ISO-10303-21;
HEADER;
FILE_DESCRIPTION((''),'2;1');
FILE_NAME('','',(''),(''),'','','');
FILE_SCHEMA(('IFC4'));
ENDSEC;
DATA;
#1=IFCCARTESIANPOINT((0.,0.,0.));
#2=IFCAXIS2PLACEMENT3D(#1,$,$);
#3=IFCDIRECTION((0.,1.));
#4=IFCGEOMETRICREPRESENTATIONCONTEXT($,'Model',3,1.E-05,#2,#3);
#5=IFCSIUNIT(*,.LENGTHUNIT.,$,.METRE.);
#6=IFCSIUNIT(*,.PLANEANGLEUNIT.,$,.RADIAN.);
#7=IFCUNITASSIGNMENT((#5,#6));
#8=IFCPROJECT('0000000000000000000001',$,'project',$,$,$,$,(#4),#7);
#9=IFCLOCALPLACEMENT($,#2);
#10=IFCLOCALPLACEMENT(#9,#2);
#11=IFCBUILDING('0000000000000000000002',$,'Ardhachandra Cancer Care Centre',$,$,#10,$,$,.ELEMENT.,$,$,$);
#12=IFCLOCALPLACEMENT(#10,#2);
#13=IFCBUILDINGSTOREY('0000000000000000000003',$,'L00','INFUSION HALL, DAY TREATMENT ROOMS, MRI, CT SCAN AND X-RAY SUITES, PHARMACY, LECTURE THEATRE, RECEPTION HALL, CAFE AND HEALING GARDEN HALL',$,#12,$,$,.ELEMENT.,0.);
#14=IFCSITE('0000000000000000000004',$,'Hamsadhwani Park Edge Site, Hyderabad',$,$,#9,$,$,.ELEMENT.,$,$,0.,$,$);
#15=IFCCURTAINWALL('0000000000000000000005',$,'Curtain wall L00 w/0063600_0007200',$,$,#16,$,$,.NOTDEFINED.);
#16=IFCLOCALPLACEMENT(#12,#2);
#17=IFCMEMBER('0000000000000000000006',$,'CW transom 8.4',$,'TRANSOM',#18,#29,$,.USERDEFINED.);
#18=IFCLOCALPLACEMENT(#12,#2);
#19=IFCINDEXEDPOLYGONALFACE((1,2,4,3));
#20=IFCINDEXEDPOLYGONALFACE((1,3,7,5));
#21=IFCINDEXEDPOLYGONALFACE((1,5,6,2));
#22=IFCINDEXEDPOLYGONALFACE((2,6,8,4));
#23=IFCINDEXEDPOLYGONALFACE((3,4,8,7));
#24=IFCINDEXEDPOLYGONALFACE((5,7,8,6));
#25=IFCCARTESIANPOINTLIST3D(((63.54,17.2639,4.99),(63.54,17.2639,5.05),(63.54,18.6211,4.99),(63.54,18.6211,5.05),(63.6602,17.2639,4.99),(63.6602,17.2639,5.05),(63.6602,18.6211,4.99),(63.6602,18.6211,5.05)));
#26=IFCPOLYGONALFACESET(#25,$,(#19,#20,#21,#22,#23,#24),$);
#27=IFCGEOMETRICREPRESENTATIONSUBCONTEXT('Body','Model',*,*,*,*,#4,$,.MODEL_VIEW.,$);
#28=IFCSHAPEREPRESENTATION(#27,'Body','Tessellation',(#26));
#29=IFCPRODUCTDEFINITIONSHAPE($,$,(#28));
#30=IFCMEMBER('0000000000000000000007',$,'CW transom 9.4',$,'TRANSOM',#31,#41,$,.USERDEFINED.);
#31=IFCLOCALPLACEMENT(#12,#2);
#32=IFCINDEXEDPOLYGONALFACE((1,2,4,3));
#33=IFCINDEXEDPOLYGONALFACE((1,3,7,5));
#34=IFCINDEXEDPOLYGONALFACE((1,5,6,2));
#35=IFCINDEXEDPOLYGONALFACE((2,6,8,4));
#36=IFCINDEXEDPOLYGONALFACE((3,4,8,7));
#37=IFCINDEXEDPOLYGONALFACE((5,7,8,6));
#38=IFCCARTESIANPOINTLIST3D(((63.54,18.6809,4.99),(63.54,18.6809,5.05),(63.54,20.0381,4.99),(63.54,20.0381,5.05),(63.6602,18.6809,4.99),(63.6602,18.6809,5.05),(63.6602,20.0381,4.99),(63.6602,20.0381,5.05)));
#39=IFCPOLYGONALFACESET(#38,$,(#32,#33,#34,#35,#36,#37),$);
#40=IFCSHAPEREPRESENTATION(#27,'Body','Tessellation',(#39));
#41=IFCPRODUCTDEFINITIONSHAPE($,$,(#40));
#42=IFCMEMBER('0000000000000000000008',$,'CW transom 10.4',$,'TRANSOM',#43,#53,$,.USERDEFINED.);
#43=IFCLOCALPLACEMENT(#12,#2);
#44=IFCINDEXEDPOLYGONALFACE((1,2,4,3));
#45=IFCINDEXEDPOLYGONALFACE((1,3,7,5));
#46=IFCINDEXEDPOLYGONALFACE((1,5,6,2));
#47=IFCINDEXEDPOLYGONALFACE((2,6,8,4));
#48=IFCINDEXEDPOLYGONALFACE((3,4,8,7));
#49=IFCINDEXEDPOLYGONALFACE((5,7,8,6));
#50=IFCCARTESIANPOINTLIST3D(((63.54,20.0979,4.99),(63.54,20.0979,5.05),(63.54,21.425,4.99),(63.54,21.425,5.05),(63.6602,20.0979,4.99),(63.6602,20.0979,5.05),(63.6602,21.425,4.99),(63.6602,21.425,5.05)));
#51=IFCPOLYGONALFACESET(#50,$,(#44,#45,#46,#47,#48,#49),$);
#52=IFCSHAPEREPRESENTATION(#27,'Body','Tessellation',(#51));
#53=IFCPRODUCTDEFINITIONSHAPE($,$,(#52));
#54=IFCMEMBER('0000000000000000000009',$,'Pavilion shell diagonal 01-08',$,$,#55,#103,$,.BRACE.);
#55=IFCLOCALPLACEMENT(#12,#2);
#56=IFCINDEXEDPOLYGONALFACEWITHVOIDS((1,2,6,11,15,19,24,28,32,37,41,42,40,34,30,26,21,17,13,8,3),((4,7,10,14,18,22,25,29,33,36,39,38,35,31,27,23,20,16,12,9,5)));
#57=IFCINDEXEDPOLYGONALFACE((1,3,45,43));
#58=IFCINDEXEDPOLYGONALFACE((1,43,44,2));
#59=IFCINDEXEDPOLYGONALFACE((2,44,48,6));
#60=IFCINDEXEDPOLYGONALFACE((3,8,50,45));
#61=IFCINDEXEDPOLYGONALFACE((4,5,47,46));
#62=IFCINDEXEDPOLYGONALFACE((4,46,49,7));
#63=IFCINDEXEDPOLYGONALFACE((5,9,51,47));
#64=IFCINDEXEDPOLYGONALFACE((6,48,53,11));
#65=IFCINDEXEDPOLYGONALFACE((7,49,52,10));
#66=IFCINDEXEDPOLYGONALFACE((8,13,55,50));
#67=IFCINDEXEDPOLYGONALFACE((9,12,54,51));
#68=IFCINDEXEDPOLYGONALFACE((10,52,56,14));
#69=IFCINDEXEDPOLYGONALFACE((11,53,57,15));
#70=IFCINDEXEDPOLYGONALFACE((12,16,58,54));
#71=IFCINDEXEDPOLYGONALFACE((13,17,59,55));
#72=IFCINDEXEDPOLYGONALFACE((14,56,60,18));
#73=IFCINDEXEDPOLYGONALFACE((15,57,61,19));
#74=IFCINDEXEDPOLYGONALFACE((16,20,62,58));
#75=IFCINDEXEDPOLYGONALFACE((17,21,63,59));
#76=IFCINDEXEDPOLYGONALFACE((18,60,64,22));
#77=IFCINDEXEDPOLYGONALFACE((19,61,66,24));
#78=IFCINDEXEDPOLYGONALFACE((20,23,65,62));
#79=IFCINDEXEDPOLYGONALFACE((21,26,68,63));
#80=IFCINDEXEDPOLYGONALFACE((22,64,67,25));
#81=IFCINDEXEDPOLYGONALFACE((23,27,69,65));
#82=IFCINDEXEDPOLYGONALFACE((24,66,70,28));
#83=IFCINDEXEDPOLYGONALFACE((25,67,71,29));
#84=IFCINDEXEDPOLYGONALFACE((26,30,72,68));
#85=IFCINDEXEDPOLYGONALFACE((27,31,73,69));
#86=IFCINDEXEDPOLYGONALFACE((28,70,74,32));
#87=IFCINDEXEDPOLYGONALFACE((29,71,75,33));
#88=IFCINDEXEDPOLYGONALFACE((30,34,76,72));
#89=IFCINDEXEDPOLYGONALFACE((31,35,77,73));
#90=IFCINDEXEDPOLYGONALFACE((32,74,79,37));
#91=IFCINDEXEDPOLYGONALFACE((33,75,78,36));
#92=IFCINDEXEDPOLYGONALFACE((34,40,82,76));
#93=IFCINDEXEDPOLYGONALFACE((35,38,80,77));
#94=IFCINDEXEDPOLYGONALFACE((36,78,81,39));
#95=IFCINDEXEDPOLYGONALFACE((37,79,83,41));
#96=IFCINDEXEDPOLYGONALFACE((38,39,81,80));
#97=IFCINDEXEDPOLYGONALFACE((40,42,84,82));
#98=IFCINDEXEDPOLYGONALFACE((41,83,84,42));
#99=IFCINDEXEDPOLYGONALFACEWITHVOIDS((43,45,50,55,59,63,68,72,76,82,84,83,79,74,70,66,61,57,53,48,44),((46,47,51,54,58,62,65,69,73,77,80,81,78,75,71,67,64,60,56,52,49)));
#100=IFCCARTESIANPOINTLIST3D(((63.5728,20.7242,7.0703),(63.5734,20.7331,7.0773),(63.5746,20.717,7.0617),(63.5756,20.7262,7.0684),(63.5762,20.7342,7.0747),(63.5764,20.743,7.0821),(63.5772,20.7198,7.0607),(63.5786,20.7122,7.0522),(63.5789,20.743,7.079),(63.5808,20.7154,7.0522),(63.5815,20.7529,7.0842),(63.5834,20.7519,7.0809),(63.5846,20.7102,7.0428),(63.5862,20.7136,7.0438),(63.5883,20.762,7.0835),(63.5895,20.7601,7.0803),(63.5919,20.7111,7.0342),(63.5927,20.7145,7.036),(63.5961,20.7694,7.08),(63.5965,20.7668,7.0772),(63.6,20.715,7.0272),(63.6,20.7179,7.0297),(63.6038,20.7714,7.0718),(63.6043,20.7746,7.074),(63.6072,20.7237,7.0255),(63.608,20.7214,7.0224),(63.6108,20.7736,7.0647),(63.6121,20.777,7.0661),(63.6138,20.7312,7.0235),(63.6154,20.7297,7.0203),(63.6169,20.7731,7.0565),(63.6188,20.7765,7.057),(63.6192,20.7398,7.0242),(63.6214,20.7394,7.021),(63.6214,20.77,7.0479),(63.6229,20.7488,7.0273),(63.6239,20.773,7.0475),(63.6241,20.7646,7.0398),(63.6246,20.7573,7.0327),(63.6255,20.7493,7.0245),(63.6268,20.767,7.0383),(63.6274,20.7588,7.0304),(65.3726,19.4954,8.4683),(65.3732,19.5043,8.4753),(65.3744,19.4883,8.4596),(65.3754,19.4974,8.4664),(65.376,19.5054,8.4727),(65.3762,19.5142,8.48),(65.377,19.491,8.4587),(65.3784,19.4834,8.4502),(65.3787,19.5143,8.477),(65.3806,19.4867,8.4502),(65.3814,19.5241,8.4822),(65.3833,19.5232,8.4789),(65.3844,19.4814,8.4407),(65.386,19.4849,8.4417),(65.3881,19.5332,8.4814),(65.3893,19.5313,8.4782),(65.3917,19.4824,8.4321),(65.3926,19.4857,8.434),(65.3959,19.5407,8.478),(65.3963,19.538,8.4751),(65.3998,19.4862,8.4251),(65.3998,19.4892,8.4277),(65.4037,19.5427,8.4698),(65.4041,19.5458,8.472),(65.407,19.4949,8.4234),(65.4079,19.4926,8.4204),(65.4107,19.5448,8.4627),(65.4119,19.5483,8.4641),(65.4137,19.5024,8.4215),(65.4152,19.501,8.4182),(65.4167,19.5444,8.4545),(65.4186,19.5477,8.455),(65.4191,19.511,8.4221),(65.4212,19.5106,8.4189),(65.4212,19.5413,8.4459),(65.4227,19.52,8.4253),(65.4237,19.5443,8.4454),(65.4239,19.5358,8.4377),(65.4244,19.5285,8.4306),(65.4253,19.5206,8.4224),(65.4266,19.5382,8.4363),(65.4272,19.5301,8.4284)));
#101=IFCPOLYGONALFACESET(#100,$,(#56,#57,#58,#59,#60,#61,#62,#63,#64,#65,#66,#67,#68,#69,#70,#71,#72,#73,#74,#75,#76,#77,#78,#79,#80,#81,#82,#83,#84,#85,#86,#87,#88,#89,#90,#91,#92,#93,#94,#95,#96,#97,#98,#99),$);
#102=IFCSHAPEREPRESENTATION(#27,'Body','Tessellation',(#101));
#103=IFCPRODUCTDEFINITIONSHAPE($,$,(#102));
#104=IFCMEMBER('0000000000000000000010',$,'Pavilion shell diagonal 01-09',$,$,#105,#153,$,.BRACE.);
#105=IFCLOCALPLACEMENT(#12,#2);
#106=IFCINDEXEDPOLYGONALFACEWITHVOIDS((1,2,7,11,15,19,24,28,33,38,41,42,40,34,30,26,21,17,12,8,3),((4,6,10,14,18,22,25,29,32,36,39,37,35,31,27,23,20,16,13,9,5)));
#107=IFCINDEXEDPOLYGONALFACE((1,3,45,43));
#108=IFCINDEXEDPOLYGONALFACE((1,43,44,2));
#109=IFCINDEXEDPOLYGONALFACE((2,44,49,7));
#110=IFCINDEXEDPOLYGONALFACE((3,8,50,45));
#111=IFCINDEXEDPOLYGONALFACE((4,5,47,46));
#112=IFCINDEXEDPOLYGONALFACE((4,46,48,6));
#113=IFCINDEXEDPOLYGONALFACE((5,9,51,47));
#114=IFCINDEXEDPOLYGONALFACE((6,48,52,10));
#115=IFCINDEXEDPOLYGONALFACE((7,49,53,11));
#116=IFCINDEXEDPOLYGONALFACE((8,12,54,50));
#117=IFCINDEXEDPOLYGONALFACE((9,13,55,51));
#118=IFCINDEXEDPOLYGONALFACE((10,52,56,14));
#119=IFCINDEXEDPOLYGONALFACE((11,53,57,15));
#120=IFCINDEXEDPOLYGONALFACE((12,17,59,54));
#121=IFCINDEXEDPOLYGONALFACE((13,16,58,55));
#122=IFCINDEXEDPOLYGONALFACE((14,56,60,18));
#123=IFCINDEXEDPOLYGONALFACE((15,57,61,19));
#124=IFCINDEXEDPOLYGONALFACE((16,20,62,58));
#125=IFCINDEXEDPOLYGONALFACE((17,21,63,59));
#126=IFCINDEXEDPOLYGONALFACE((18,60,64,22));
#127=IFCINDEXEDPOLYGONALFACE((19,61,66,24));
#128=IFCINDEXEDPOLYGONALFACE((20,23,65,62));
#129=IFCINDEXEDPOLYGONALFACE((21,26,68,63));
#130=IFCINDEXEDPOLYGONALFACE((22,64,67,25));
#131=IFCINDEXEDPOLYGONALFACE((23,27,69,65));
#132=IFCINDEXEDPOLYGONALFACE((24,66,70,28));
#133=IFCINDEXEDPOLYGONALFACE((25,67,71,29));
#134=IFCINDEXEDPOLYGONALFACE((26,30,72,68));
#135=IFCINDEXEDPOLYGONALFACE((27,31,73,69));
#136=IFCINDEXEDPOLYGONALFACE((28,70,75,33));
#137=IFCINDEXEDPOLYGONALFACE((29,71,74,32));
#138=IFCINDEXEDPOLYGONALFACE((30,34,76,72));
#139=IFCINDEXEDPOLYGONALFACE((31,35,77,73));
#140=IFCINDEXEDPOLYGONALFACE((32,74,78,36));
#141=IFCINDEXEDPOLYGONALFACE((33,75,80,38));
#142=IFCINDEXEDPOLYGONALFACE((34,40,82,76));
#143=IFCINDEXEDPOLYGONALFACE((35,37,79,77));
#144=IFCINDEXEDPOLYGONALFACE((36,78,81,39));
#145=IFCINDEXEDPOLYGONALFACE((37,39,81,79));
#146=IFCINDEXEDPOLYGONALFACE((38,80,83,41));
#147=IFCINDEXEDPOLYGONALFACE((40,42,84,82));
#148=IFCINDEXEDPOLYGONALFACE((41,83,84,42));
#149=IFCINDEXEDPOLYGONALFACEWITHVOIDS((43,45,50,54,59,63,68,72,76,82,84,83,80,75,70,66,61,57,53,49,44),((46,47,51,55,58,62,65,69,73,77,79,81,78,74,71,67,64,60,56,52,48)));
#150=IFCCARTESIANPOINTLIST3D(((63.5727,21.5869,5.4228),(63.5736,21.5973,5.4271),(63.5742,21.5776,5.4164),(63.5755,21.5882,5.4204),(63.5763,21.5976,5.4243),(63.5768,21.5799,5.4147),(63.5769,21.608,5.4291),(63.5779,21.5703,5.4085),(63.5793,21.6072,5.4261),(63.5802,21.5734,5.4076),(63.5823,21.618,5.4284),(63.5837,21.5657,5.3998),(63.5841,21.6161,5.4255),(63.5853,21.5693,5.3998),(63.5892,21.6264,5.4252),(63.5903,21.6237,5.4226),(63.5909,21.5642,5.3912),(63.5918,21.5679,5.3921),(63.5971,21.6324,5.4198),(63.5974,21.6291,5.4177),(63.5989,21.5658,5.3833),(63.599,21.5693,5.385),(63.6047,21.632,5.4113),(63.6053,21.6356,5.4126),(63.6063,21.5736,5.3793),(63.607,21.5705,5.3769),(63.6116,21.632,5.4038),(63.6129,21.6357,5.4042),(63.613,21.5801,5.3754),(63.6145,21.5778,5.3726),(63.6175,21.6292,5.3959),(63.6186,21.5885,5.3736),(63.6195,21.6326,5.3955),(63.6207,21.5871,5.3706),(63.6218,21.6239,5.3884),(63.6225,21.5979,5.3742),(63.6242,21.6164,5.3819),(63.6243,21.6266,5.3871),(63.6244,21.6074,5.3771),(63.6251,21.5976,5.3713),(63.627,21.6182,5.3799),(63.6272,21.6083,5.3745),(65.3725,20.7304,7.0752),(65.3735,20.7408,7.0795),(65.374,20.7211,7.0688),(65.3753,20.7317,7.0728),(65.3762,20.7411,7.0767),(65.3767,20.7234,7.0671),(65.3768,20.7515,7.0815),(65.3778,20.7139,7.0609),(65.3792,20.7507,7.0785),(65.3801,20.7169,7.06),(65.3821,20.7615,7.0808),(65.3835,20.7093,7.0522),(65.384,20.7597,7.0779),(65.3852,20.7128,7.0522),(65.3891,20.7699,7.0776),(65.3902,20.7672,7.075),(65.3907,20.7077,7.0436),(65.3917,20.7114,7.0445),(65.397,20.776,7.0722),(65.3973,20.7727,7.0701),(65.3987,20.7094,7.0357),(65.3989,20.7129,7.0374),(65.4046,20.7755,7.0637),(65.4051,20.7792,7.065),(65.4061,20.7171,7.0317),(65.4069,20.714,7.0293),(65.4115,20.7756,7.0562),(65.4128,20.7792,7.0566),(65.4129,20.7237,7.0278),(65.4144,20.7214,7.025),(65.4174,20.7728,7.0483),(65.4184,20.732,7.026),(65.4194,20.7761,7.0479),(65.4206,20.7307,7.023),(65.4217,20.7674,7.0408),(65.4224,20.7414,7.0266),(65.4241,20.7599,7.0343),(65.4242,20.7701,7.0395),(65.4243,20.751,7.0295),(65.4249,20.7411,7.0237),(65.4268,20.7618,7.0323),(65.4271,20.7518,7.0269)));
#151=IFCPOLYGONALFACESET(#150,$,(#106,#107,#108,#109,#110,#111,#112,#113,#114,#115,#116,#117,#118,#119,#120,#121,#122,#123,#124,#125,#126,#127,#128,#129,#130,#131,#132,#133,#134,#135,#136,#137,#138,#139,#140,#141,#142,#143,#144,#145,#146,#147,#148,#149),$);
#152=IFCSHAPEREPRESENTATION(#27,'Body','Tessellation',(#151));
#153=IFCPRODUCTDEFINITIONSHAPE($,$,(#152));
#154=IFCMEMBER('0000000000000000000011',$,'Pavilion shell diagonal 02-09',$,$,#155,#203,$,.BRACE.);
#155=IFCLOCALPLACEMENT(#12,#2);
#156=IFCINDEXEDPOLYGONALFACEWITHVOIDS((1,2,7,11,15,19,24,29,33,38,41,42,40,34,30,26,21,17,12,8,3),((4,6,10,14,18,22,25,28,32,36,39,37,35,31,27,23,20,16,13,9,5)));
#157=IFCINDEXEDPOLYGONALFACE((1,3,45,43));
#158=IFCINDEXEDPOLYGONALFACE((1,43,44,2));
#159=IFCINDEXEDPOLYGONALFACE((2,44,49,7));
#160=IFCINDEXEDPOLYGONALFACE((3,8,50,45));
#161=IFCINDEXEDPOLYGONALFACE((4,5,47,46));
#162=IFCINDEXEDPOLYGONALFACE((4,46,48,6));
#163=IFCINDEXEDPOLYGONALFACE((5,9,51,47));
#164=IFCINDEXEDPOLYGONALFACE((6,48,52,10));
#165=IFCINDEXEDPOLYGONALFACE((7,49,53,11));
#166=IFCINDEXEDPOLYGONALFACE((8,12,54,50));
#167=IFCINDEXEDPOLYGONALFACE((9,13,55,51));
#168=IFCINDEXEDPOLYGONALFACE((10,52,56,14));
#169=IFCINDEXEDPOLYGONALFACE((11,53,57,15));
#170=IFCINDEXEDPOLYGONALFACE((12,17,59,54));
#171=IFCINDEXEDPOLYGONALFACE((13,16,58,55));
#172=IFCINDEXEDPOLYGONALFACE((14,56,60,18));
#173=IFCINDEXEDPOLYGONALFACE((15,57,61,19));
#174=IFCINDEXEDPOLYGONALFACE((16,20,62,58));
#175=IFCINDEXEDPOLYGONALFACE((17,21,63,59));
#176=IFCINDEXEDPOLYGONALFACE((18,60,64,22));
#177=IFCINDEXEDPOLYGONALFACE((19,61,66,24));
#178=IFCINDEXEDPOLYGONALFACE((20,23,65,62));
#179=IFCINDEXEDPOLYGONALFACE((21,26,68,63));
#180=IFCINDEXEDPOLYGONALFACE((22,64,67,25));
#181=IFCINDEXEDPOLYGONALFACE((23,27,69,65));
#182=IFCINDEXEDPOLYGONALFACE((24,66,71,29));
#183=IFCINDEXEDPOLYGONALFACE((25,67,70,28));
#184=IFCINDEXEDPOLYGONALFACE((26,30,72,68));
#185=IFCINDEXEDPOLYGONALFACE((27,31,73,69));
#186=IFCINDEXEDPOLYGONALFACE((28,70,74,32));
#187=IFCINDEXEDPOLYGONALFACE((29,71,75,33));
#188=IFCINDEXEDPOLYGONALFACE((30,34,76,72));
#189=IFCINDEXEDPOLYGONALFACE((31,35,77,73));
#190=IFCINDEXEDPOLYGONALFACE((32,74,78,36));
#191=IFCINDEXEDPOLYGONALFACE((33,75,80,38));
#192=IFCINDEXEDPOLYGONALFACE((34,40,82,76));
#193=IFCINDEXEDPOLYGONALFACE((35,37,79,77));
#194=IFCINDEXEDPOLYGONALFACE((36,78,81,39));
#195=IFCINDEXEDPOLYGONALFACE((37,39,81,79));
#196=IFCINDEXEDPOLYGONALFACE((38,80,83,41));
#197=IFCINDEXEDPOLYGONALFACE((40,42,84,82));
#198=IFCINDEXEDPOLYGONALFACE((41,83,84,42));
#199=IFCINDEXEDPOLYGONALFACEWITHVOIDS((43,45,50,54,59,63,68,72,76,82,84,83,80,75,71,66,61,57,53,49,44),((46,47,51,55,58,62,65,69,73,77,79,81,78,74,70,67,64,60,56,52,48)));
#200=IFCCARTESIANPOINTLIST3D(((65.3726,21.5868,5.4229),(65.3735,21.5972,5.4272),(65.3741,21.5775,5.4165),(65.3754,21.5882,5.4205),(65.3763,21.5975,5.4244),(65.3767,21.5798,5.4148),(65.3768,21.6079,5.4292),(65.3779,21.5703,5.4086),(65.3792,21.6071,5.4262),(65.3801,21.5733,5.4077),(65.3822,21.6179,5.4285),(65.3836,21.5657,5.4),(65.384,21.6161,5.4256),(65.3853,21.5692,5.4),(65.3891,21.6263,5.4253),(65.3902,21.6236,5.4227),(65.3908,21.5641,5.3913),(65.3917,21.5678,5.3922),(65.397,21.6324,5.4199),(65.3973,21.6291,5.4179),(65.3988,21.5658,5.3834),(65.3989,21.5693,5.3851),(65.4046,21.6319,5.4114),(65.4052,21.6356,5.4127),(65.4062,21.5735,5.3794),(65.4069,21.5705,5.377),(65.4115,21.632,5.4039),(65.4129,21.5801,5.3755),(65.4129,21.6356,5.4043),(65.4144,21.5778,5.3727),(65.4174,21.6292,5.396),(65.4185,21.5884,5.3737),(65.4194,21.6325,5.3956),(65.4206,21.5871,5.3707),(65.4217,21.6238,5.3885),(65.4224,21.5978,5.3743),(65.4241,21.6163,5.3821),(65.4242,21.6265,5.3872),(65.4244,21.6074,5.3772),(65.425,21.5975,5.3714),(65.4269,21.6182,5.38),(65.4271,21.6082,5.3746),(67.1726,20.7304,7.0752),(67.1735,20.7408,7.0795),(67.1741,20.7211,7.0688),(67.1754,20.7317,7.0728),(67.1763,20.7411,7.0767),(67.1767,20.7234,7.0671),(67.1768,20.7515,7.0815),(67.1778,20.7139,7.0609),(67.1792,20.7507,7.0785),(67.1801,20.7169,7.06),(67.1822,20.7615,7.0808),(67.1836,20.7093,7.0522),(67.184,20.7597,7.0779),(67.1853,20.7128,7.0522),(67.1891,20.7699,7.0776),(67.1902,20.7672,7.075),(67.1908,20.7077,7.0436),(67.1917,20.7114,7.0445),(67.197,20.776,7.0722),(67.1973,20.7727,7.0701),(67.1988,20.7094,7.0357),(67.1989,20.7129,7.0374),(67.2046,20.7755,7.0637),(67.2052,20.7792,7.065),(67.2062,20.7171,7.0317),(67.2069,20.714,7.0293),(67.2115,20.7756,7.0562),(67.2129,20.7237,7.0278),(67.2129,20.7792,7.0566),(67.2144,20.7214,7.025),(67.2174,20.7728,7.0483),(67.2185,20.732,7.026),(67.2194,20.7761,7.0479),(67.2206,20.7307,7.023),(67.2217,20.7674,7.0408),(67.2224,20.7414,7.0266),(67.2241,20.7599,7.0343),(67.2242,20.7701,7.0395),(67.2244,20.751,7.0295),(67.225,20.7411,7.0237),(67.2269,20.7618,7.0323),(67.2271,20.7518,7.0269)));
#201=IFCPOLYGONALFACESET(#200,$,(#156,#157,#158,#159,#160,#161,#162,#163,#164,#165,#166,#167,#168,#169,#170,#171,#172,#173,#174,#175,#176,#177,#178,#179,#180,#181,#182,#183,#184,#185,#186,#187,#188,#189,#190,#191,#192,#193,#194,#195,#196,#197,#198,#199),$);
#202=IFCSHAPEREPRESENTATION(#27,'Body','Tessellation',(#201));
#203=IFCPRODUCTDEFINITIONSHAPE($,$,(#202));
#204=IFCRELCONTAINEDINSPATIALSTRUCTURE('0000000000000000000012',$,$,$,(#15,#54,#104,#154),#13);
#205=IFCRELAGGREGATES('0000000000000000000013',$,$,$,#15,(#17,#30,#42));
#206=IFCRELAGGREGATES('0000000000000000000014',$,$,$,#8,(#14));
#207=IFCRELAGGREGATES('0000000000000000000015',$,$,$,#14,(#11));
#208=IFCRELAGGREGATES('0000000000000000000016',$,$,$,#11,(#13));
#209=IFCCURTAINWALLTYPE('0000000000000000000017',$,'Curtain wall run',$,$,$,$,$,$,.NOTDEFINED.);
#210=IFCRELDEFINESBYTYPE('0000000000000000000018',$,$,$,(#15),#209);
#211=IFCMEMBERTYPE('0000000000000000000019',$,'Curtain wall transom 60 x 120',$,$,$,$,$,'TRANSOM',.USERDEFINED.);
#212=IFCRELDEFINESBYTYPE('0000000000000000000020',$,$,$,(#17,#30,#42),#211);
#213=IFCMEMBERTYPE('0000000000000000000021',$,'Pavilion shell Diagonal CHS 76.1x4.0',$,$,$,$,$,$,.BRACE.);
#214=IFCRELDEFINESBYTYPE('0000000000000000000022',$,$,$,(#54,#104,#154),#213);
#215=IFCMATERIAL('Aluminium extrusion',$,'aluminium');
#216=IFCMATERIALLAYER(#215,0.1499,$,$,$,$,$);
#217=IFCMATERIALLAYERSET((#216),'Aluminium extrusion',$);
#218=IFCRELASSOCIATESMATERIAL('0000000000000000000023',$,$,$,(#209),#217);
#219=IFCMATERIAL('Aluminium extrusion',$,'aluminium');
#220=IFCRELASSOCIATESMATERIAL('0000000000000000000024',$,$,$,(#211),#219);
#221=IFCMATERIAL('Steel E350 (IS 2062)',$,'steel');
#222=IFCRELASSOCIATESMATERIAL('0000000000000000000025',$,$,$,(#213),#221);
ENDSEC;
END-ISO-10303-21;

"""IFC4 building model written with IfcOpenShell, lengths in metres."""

from ifc_helpers import new_model, si_unit, direction, frame, origin, origin_2d, place, context, subcontext, project, spatial, rectangle, hollow_circle, extrude, material, layer, layer_set, material_profile, profile_set, type_object, element, aggregate, save


model = new_model("IFC4")

# Units and contexts
model_context = context("Model", 3, precision=1e-05, world=origin(), true_north=direction((0.0, 1.0)))
body_context = subcontext(model_context, "Body", "Model", "MODEL_VIEW")
ifc_project = project(units=[si_unit("LENGTHUNIT", "METRE"), si_unit("PLANEANGLEUNIT", "RADIAN")], contexts=[model_context])

# Site, building, storey
site_placement = place(None, origin())
site = spatial("IfcSite", under=ifc_project, at=site_placement, Name="Hamsadhwani Park Edge Site, Hyderabad", CompositionType="ELEMENT", RefElevation=0.0)
building_placement = place(site_placement, origin())
building = spatial("IfcBuilding", under=site, at=building_placement, Name="Ardhachandra Cancer Care Centre", CompositionType="ELEMENT")
storey_placement = place(building_placement, origin())
storey = spatial("IfcBuildingStorey", under=building, at=storey_placement, Name="L00", Description="INFUSION HALL, DAY TREATMENT ROOMS, MRI, CT SCAN AND X-RAY SUITES, PHARMACY, LECTURE THEATRE, RECEPTION HALL, CAFE AND HEALING GARDEN HALL", CompositionType="ELEMENT", Elevation=0.0)

# Curtain wall, members
ifc_material_1 = material(Name="Aluminium extrusion", Category="aluminium")
ifc_layer = layer(ifc_material_1, 0.1499)
ifc_layer_set = layer_set([ifc_layer], Name="Aluminium extrusion")
curtain_wall_type = type_object("IfcCurtainWallType", Name="Curtain wall run", PredefinedType="NOTDEFINED", material=ifc_layer_set)
curtain_wall_placement = place(storey_placement, origin())
curtain_wall = element("IfcCurtainWall", 1, at=curtain_wall_placement, inside=storey, type_object=curtain_wall_type, Name="Curtain wall L00 w/0063600_0007200", PredefinedType="NOTDEFINED")
ifc_material_2 = material(Name="Aluminium extrusion", Category="aluminium")
ifc_material_profile_1 = material_profile(ifc_material_2, rectangle(XDim=0.1201, YDim=0.0601, at=origin_2d()), Name="Curtain wall transom 60 x 120")
ifc_profile_set_1 = profile_set([ifc_material_profile_1], Name="Aluminium extrusion")
member_type_1 = type_object("IfcMemberType", Name="Curtain wall transom 60 x 120", ElementType="TRANSOM", PredefinedType="USERDEFINED", material=ifc_profile_set_1)
member_1_placement = place(storey_placement, frame((63.6001, 17.2639, 5.02), z_axis=(0.0, 1.0, 0.0), x_axis=(-1.0, 0.0, 0.0)))
member_1 = element("IfcMember", 2, at=member_1_placement, type_object=member_type_1, Name="CW transom 8.4", ObjectType="TRANSOM", PredefinedType="USERDEFINED", context=body_context, shape_type="SweptSolid", body=[
    extrude(rectangle(XDim=0.1201, YDim=0.0601, at=origin_2d()), origin(), (0.0, 0.0, 1.0), 1.3572),
])
member_2_placement = place(storey_placement, frame((63.6001, 18.6809, 5.02), z_axis=(0.0, 1.0, 0.0), x_axis=(-1.0, 0.0, 0.0)))
member_2 = element("IfcMember", 3, at=member_2_placement, type_object=member_type_1, Name="CW transom 9.4", ObjectType="TRANSOM", PredefinedType="USERDEFINED", context=body_context, shape_type="SweptSolid", body=[
    extrude(rectangle(XDim=0.1201, YDim=0.0601, at=origin_2d()), origin(), (0.0, 0.0, 1.0), 1.3572),
])
member_3_placement = place(storey_placement, frame((63.6001, 20.0979, 5.02), z_axis=(0.0, 1.0, 0.0), x_axis=(-1.0, 0.0, 0.0)))
member_3 = element("IfcMember", 4, at=member_3_placement, type_object=member_type_1, Name="CW transom 10.4", ObjectType="TRANSOM", PredefinedType="USERDEFINED", context=body_context, shape_type="SweptSolid", body=[
    extrude(rectangle(XDim=0.1201, YDim=0.0601, at=origin_2d()), origin(), (0.0, 0.0, 1.0), 1.3271),
])
aggregate(curtain_wall, [member_1, member_2, member_3])

# Members
ifc_material_3 = material(Name="Steel E350 (IS 2062)", Category="steel")
ifc_material_profile_2 = material_profile(ifc_material_3, hollow_circle(Radius=0.0381, WallThickness=0.0039, at=origin_2d()), Name="CHS 76.1x4.0")
ifc_profile_set_2 = profile_set([ifc_material_profile_2], Name="Steel E350 (IS 2062)")
member_type_2 = type_object("IfcMemberType", Name="Pavilion shell Diagonal CHS 76.1x4.0", PredefinedType="BRACE", material=ifc_profile_set_2)
for number, where, z_axis, x_axis, name in (
    (5, (65.3999, 19.5149, 8.4502), (-0.695148, 0.474591, -0.539938), (-0.563844, -0.825881, 0.0), "Pavilion shell diagonal 01-08"),
    (6, (65.3999, 20.7437, 7.0522), (-0.695168, 0.330799, -0.638212), (-0.429686, -0.902978, 0.0), "Pavilion shell diagonal 01-09"),
    (7, (67.2, 20.7437, 7.0522), (-0.695216, 0.330777, -0.63817), (-0.429639, -0.903001, 0.0), "Pavilion shell diagonal 02-09"),
):
    element("IfcMember", number, at=place(storey_placement, frame(where, z_axis=z_axis, x_axis=x_axis)), inside=storey, type_object=member_type_2, Name=name, PredefinedType="BRACE", context=body_context, shape_type="SweptSolid", body=[
        extrude(hollow_circle(Radius=0.0381, WallThickness=0.0039, at=origin_2d()), origin(), (0.0, 0.0, 1.0), 2.5891),
    ])

save(model, "model.ifc")
